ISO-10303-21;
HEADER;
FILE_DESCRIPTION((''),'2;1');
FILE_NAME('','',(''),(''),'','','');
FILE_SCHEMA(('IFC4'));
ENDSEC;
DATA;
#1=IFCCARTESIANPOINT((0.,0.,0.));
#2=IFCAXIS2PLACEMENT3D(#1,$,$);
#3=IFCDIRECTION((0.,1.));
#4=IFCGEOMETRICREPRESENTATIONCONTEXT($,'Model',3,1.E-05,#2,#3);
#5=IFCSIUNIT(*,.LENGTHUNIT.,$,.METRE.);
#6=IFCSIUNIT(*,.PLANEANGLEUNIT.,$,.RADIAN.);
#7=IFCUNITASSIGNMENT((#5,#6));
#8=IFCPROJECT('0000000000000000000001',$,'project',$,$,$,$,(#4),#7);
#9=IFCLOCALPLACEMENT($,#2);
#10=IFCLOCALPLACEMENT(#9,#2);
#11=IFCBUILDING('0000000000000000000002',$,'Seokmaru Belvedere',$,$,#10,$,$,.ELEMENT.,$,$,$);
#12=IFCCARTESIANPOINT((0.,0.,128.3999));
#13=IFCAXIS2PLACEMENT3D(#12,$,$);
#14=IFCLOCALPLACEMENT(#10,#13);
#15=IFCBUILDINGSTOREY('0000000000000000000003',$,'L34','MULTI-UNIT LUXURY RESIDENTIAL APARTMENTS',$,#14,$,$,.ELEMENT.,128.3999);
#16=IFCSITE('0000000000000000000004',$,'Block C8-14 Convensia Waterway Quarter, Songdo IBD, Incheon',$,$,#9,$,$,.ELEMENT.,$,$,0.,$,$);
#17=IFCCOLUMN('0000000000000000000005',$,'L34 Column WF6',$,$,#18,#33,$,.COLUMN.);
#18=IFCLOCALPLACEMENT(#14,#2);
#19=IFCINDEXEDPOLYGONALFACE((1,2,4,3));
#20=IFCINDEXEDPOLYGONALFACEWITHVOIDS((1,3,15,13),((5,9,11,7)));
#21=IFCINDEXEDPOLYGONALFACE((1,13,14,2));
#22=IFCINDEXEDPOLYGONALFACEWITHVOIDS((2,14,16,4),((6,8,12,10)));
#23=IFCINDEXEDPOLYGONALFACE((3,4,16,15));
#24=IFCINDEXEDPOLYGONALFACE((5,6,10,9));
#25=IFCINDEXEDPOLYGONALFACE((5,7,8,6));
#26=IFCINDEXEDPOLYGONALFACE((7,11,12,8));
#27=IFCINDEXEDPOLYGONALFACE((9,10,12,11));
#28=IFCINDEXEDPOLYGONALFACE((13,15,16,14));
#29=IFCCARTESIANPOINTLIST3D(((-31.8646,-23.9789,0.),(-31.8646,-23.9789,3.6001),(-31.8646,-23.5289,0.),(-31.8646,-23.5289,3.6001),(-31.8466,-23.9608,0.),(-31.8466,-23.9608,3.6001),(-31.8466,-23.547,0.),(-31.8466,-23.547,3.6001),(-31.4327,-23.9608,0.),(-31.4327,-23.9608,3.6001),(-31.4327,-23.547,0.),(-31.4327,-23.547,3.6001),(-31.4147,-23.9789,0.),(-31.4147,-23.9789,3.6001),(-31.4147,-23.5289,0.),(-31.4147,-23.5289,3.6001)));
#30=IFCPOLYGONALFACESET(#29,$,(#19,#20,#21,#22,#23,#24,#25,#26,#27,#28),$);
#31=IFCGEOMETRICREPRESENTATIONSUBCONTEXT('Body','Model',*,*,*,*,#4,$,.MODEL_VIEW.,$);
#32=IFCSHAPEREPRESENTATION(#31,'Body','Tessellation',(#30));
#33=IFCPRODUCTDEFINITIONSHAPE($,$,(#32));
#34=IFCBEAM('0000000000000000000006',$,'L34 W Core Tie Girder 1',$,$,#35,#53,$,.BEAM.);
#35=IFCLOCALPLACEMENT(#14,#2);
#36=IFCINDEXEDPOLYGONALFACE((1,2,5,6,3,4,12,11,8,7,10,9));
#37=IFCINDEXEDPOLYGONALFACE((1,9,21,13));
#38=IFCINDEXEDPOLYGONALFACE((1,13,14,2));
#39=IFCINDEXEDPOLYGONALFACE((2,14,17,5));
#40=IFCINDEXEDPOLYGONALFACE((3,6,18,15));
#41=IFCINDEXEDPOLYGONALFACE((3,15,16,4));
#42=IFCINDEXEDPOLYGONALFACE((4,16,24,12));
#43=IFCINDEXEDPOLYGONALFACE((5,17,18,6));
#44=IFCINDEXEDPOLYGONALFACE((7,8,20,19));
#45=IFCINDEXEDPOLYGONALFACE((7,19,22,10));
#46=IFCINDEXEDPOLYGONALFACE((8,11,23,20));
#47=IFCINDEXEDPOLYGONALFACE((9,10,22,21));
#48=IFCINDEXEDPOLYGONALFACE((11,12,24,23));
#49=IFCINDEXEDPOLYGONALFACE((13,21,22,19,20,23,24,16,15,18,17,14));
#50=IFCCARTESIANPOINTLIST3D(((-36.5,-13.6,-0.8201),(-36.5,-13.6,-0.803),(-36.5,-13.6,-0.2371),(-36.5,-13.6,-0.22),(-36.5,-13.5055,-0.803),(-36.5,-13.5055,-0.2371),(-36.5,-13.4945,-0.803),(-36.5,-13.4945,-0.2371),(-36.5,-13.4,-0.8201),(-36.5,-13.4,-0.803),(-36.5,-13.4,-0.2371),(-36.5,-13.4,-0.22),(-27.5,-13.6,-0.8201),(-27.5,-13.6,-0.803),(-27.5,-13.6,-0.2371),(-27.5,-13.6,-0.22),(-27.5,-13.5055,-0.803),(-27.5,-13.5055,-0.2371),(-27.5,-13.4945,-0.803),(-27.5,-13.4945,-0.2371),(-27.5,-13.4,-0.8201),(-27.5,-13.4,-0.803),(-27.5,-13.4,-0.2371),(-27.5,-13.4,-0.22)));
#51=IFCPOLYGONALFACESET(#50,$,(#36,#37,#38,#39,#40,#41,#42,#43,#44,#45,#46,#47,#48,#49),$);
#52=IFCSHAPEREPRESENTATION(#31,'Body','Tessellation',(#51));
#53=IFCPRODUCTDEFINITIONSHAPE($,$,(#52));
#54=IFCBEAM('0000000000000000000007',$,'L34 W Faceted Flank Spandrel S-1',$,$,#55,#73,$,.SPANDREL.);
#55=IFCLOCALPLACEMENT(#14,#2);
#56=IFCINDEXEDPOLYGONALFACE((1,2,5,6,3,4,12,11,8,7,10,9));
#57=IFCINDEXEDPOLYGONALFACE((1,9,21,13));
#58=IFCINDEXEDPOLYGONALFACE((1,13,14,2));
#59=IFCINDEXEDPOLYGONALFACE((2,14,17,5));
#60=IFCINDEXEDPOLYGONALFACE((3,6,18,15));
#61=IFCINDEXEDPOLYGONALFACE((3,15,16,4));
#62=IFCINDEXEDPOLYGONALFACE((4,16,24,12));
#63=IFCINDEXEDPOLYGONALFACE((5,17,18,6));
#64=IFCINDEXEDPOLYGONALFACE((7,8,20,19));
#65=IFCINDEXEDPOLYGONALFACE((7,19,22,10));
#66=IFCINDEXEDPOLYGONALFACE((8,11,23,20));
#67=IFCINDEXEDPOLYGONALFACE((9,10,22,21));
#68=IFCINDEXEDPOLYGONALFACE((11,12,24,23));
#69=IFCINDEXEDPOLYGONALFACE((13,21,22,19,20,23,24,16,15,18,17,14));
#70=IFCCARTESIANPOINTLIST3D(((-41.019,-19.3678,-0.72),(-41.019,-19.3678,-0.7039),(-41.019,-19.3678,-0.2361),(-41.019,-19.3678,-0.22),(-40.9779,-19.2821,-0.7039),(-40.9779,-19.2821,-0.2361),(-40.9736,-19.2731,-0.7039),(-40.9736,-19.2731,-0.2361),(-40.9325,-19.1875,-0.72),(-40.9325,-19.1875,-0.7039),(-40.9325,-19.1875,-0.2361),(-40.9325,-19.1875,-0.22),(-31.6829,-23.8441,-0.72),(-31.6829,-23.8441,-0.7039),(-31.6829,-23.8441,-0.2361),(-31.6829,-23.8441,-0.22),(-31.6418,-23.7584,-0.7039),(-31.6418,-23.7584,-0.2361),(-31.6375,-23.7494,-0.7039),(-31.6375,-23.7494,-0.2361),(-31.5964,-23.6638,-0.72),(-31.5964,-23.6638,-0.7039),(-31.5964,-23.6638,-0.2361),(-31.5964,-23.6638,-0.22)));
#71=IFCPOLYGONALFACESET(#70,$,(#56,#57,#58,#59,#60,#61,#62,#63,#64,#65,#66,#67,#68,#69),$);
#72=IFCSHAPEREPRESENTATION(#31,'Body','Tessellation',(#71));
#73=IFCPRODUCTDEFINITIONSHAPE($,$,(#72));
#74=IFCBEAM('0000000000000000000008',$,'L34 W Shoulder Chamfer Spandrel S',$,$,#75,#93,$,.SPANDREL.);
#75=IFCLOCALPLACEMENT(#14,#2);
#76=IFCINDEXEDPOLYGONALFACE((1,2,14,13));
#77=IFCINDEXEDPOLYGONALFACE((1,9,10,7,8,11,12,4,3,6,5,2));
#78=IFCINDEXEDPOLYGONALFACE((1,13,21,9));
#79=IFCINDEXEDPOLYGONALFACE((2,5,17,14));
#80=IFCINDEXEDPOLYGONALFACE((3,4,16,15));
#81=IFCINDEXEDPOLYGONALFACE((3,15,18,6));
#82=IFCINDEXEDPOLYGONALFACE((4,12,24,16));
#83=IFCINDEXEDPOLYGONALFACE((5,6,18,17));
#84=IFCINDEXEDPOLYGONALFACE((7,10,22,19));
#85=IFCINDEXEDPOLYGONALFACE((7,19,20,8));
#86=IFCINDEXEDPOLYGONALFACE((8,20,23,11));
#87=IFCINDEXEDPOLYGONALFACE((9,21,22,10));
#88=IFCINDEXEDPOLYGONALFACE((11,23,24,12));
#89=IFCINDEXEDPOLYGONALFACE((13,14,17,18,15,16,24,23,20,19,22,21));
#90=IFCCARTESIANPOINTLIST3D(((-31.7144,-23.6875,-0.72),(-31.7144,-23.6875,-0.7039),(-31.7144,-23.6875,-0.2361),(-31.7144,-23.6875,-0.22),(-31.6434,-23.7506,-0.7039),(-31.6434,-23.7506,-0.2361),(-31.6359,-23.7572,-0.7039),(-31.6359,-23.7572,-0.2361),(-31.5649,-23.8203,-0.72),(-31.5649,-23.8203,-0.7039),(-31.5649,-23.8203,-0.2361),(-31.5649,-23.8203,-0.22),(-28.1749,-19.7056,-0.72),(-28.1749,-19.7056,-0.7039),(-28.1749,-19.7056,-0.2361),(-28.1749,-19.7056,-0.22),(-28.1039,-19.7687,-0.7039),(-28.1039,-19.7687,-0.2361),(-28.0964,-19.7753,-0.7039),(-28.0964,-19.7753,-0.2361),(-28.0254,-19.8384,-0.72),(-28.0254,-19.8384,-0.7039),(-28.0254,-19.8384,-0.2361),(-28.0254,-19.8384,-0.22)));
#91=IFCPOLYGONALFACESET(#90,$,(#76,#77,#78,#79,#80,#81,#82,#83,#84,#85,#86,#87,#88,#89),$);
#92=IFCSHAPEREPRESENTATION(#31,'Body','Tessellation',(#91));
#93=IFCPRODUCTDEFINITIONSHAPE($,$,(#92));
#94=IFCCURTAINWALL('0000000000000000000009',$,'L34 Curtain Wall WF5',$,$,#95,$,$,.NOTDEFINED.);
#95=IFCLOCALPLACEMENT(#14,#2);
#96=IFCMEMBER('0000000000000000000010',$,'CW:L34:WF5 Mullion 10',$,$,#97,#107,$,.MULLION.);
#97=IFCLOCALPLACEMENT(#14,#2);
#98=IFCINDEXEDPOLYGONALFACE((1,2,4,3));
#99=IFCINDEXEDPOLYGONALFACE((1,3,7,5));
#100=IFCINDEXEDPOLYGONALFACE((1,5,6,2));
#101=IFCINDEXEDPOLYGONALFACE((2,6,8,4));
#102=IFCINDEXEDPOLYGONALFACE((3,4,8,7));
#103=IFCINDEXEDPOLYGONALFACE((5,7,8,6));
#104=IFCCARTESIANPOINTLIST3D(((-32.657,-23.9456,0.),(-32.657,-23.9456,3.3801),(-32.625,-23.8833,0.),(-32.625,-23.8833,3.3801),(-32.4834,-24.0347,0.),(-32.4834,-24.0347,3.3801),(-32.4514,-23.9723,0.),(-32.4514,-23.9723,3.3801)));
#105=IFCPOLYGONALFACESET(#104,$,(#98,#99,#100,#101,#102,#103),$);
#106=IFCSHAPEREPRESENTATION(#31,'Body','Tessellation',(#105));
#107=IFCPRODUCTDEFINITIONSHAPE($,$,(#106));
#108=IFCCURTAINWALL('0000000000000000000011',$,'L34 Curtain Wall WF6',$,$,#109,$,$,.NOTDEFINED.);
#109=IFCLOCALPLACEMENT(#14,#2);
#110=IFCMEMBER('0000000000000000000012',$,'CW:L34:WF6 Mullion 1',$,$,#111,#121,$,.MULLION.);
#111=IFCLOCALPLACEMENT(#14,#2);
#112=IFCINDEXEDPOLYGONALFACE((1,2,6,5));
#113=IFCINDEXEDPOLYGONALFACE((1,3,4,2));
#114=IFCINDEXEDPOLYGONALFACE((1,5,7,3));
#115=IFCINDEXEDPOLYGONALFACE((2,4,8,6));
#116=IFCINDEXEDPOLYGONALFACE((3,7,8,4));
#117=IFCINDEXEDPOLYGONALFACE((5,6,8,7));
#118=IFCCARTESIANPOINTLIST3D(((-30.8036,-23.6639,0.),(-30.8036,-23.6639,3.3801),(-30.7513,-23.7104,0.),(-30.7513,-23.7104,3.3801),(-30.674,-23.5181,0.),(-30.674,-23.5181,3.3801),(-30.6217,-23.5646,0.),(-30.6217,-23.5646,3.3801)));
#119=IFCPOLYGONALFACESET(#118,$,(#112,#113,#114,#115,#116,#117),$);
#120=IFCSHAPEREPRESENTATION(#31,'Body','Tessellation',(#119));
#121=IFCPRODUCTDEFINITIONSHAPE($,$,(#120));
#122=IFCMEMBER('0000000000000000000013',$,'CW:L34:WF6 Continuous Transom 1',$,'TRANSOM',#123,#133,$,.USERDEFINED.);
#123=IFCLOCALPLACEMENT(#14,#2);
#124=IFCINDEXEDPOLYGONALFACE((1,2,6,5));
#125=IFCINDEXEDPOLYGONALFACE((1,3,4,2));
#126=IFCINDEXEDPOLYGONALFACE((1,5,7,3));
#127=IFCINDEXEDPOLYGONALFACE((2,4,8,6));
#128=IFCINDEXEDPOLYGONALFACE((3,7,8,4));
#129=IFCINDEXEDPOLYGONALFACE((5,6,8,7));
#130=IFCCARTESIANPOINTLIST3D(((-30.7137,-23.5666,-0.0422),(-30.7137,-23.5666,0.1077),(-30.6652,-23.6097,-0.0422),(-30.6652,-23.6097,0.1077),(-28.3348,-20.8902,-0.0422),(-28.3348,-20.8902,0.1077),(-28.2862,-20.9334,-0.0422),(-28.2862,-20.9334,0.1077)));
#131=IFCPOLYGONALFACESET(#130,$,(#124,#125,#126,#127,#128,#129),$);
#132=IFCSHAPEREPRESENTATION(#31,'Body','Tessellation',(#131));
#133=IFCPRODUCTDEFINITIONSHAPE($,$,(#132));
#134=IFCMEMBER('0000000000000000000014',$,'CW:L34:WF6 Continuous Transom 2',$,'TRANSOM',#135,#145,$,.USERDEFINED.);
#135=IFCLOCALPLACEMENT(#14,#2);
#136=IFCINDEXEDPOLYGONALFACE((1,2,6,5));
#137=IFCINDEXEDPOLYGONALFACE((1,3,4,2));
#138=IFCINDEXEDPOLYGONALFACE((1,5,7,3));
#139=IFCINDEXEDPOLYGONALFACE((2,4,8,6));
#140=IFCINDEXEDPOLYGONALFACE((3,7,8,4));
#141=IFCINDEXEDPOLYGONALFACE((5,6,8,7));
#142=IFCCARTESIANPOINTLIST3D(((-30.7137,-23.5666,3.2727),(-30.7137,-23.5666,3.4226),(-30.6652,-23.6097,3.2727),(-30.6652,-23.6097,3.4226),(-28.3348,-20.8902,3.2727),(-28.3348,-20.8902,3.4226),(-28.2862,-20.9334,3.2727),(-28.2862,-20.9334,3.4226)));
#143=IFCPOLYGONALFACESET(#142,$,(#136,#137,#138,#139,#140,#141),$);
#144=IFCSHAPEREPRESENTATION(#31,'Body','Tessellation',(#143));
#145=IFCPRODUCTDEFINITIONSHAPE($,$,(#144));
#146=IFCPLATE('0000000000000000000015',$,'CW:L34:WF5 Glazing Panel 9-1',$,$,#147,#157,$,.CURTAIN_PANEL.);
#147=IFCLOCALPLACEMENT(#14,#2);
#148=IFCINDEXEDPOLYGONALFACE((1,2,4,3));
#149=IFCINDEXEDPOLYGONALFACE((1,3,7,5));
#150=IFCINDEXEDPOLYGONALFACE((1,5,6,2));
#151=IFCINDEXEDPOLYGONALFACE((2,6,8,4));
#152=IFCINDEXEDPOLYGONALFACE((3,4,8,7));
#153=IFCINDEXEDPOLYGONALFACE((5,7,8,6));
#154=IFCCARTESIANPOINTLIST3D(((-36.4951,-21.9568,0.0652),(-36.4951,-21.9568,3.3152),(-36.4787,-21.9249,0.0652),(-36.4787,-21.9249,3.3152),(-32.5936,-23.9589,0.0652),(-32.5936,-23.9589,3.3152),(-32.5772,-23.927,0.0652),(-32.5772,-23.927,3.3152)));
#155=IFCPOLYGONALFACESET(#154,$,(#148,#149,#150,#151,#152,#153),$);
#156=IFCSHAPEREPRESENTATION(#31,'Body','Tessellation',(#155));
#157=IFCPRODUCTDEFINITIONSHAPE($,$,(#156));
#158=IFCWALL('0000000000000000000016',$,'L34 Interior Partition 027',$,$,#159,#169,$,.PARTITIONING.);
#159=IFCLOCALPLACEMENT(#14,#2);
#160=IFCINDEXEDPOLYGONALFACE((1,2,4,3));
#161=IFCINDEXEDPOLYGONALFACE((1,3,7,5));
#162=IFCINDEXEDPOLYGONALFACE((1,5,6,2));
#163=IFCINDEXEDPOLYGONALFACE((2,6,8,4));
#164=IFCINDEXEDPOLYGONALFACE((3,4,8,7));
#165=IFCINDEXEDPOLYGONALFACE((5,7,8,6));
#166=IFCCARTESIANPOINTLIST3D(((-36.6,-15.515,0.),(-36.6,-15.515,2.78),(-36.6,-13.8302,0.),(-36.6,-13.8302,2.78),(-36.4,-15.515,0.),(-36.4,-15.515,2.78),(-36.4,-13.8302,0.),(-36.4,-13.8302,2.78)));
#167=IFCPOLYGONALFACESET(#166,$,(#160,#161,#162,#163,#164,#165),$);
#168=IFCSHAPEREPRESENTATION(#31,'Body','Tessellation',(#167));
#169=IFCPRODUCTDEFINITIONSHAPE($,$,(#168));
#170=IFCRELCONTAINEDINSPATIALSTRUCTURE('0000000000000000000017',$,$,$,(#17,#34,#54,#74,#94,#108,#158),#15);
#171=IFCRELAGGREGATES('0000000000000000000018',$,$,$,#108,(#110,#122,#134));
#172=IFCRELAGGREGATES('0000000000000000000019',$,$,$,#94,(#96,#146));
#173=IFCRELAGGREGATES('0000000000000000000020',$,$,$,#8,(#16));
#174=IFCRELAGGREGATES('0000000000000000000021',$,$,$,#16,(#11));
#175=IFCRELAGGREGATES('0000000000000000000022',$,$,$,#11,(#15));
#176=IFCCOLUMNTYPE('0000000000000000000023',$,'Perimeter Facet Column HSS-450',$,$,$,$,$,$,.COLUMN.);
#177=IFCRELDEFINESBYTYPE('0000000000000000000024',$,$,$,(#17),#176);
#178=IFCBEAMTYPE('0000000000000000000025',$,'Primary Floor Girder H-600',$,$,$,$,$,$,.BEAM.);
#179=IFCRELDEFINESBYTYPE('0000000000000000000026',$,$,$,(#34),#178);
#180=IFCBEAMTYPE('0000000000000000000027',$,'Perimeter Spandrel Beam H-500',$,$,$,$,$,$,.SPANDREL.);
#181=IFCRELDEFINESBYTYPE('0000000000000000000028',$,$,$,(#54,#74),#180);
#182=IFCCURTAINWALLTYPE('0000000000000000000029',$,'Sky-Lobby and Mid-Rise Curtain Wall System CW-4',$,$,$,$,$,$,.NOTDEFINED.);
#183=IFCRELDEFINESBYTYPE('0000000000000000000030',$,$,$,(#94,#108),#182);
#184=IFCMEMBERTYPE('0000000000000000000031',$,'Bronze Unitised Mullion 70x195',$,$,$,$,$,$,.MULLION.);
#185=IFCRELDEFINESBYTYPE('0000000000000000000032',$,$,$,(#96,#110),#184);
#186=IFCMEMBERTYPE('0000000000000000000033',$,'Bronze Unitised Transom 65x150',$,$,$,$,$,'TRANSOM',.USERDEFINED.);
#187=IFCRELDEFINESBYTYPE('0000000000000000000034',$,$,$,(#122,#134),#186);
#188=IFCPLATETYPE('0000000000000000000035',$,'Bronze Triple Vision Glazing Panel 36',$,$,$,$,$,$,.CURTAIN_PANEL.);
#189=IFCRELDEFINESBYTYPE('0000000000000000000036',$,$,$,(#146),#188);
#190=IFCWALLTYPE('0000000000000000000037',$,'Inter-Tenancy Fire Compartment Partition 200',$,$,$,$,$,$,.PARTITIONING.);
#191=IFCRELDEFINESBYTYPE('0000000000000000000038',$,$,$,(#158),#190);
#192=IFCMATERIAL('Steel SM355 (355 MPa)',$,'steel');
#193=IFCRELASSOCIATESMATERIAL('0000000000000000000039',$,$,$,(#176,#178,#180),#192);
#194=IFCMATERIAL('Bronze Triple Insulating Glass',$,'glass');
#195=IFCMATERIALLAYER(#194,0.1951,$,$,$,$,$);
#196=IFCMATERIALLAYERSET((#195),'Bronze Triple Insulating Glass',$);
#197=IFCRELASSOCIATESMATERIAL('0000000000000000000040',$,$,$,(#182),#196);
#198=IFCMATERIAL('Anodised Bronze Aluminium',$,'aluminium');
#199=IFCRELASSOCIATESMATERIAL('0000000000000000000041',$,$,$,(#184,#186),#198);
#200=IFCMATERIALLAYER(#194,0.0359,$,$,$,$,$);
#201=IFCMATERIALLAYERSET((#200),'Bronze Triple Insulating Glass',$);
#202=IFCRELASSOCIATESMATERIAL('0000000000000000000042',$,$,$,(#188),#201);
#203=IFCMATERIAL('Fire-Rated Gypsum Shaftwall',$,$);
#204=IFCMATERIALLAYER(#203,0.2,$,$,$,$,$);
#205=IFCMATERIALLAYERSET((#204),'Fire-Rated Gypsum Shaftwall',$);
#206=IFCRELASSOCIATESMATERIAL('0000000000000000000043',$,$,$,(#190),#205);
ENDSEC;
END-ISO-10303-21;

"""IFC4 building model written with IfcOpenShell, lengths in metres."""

from ifc_helpers import new_model, si_unit, direction, frame, frame_2d, origin, origin_2d, place, context, subcontext, project, spatial, rectangle, hollow_rectangle, i_section, extrude, source, transform, mapped, material, layer, layer_set, material_profile, profile_set, type_object, type_shapes, element, aggregate, save


model = new_model("IFC4")

# Units and contexts
model_context = context("Model", 3, precision=1e-05, world=origin(), true_north=direction((0.0, 1.0)))
body_context = subcontext(model_context, "Body", "Model", "MODEL_VIEW")
ifc_project = project(units=[si_unit("LENGTHUNIT", "METRE"), si_unit("PLANEANGLEUNIT", "RADIAN")], contexts=[model_context])

# Site, building, storey
site_placement = place(None, origin())
site = spatial("IfcSite", under=ifc_project, at=site_placement, Name="Block C8-14 Convensia Waterway Quarter, Songdo IBD, Incheon", CompositionType="ELEMENT", RefElevation=0.0)
building_placement = place(site_placement, origin())
building = spatial("IfcBuilding", under=site, at=building_placement, Name="Seokmaru Belvedere", CompositionType="ELEMENT")
storey_placement = place(building_placement, frame((0.0, 0.0, 128.3999)))
storey = spatial("IfcBuildingStorey", under=building, at=storey_placement, Name="L34", Description="MULTI-UNIT LUXURY RESIDENTIAL APARTMENTS", CompositionType="ELEMENT", Elevation=128.3999)

# Column
ifc_material_1 = material(Name="Steel SM355 (355 MPa)", Category="steel")
ifc_material_profile_1 = material_profile(ifc_material_1, hollow_rectangle(XDim=0.45, YDim=0.45, WallThickness=0.0181, at=origin_2d()), Name="HSS-450x450x18")
ifc_profile_set_1 = profile_set([ifc_material_profile_1], Name="Steel SM355 (355 MPa)")
column_type = type_object("IfcColumnType", Name="Perimeter Facet Column HSS-450", PredefinedType="COLUMN", material=ifc_profile_set_1)
shared_shape_1 = source(origin(), body_context, "Body", "SweptSolid", [
    extrude(hollow_rectangle(XDim=0.45, YDim=0.45, WallThickness=0.0181, at=origin_2d()), origin(), (0.0, 0.0, 1.0), 3.6001),
])
type_shapes(column_type, [shared_shape_1])
column_placement = place(storey_placement, frame((-31.6396, -23.7539, 0.0), z_axis=(0.0, 0.0, 1.0), x_axis=(1.0, 0.0, 0.0)))
element("IfcColumn", 1, at=column_placement, inside=storey, type_object=column_type, Name="L34 Column WF6", PredefinedType="COLUMN", context=body_context, shape_type="MappedRepresentation", body=[
    mapped(shared_shape_1, transform((0.0, 0.0, 0.0), scale=1.0)),
])

# Beams
ifc_material_profile_2 = material_profile(ifc_material_1, i_section(OverallWidth=0.2, OverallDepth=0.6001, WebThickness=0.011, FlangeThickness=0.0171, at=origin_2d()), Name="H-600x200x11x17")
ifc_profile_set_2 = profile_set([ifc_material_profile_2], Name="Steel SM355 (355 MPa)")
beam_type_1 = type_object("IfcBeamType", Name="Primary Floor Girder H-600", PredefinedType="BEAM", material=ifc_profile_set_2)
shared_shape_2 = source(origin(), body_context, "Body", "SweptSolid", [
    extrude(i_section(OverallWidth=0.2, OverallDepth=0.6001, WebThickness=0.011, FlangeThickness=0.0171, at=origin_2d()), origin(), (0.0, 0.0, 1.0), 9.0),
])
type_shapes(beam_type_1, [shared_shape_2])
beam_1_placement = place(storey_placement, frame((-36.5, -13.5, -0.52), z_axis=(1.0, 0.0, 0.0), x_axis=(0.0, 1.0, 0.0)))
element("IfcBeam", 2, at=beam_1_placement, inside=storey, type_object=beam_type_1, Name="L34 W Core Tie Girder 1", PredefinedType="BEAM", context=body_context, shape_type="MappedRepresentation", body=[
    mapped(shared_shape_2, transform((0.0, 0.0, 0.0), scale=1.0)),
])
ifc_material_profile_3 = material_profile(ifc_material_1, i_section(OverallWidth=0.2, OverallDepth=0.5, WebThickness=0.01, FlangeThickness=0.0161, at=origin_2d()), Name="H-500x200x10x16")
ifc_profile_set_3 = profile_set([ifc_material_profile_3], Name="Steel SM355 (355 MPa)")
beam_type_2 = type_object("IfcBeamType", Name="Perimeter Spandrel Beam H-500", PredefinedType="SPANDREL", material=ifc_profile_set_3)
shared_shape_3 = source(origin(), body_context, "Body", "SweptSolid", [
    extrude(i_section(OverallWidth=0.2, OverallDepth=0.5, WebThickness=0.01, FlangeThickness=0.0161, at=origin_2d()), origin(), (0.0, 0.0, 1.0), 10.3538),
])
beam_2_placement = place(storey_placement, frame((-31.6396, -23.7539, -0.47), z_axis=(-0.901713, 0.432335, 0.0), x_axis=(-0.432335, -0.901713, 0.0)))
element("IfcBeam", 3, at=beam_2_placement, inside=storey, type_object=beam_type_2, Name="L34 W Faceted Flank Spandrel S-1", PredefinedType="SPANDREL", context=body_context, shape_type="MappedRepresentation", body=[
    mapped(shared_shape_3, transform((0.0, 0.0, 0.0), scale=1.0)),
])
shared_shape_4 = source(origin(), body_context, "Body", "SweptSolid", [
    extrude(i_section(OverallWidth=0.2, OverallDepth=0.5, WebThickness=0.01, FlangeThickness=0.0161, at=origin_2d()), origin(), (0.0, 0.0, 1.0), 5.3276),
])
type_shapes(beam_type_2, [shared_shape_3, shared_shape_4])
beam_3_placement = place(storey_placement, frame((-31.6396, -23.7539, -0.47), z_axis=(0.66437, 0.747404, 0.0), x_axis=(-0.747404, 0.66437, 0.0)))
element("IfcBeam", 4, at=beam_3_placement, inside=storey, type_object=beam_type_2, Name="L34 W Shoulder Chamfer Spandrel S", PredefinedType="SPANDREL", context=body_context, shape_type="MappedRepresentation", body=[
    mapped(shared_shape_4, transform((0.0, 0.0, 0.0), scale=1.0)),
])

# Curtain wall, member
ifc_material_2 = material(Name="Bronze Triple Insulating Glass", Category="glass")
ifc_layer_1 = layer(ifc_material_2, 0.1951)
ifc_layer_set_1 = layer_set([ifc_layer_1], Name="Bronze Triple Insulating Glass")
curtain_wall_type = type_object("IfcCurtainWallType", Name="Sky-Lobby and Mid-Rise Curtain Wall System CW-4", PredefinedType="NOTDEFINED", material=ifc_layer_set_1)
curtain_wall_1_placement = place(storey_placement, origin())
curtain_wall_1 = element("IfcCurtainWall", 5, at=curtain_wall_1_placement, inside=storey, type_object=curtain_wall_type, Name="L34 Curtain Wall WF5", PredefinedType="NOTDEFINED")
ifc_material_3 = material(Name="Anodised Bronze Aluminium", Category="aluminium")
ifc_material_profile_4 = material_profile(ifc_material_3, rectangle(XDim=0.0701, YDim=0.1951, at=origin_2d()), Name="CW-M-70x195")
ifc_profile_set_4 = profile_set([ifc_material_profile_4], Name="Anodised Bronze Aluminium")
member_type_1 = type_object("IfcMemberType", Name="Bronze Unitised Mullion 70x195", PredefinedType="MULLION", material=ifc_profile_set_4)
shared_shape_5 = source(origin(), body_context, "Body", "SweptSolid", [
    extrude(rectangle(XDim=0.0701, YDim=0.1951, at=origin_2d()), origin(), (0.0, 0.0, 1.0), 3.3801),
])
type_shapes(member_type_1, [shared_shape_5])
member_1_placement = place(storey_placement, frame((-32.5542, -23.959, 0.0), z_axis=(0.0, 0.0, 1.0), x_axis=(0.456555, 0.889695, 0.0)))
member_1 = element("IfcMember", 6, at=member_1_placement, type_object=member_type_1, Name="CW:L34:WF5 Mullion 10", PredefinedType="MULLION", context=body_context, shape_type="MappedRepresentation", body=[
    mapped(shared_shape_5, transform((0.0, 0.0, 0.0), scale=1.0)),
])

# Curtain wall, members
curtain_wall_2_placement = place(storey_placement, origin())
curtain_wall_2 = element("IfcCurtainWall", 7, at=curtain_wall_2_placement, inside=storey, type_object=curtain_wall_type, Name="L34 Curtain Wall WF6", PredefinedType="NOTDEFINED")
member_2_placement = place(storey_placement, frame((-30.7126, -23.6143, 0.0), z_axis=(0.0, 0.0, 1.0), x_axis=(-0.74741, 0.664363, 0.0)))
member_2 = element("IfcMember", 8, at=member_2_placement, type_object=member_type_1, Name="CW:L34:WF6 Mullion 1", PredefinedType="MULLION", context=body_context, shape_type="MappedRepresentation", body=[
    mapped(shared_shape_5, transform((0.0, 0.0, 0.0), scale=1.0)),
])
ifc_material_profile_5 = material_profile(ifc_material_3, rectangle(XDim=0.0649, YDim=0.1499, at=origin_2d()), Name="CW-T-65x150")
ifc_profile_set_5 = profile_set([ifc_material_profile_5], Name="Anodised Bronze Aluminium")
member_type_2 = type_object("IfcMemberType", Name="Bronze Unitised Transom 65x150", ElementType="TRANSOM", PredefinedType="USERDEFINED", material=ifc_profile_set_5)
shared_shape_6 = source(origin(), body_context, "Body", "SweptSolid", [
    extrude(rectangle(XDim=0.0649, YDim=0.1499, at=origin_2d()), origin(), (0.0, 0.0, 1.0), 3.5808),
])
type_shapes(member_type_2, [shared_shape_6])
member_3_placement = place(storey_placement, frame((-30.6895, -23.5881, 0.0327), z_axis=(0.664364, 0.747409, 0.0), x_axis=(-0.747409, 0.664364, 0.0)))
member_3 = element("IfcMember", 9, at=member_3_placement, type_object=member_type_2, Name="CW:L34:WF6 Continuous Transom 1", ObjectType="TRANSOM", PredefinedType="USERDEFINED", context=body_context, shape_type="MappedRepresentation", body=[
    mapped(shared_shape_6, transform((0.0, 0.0, 0.0), scale=1.0)),
])
member_4_placement = place(storey_placement, frame((-30.6895, -23.5881, 3.3477), z_axis=(0.664364, 0.747409, 0.0), x_axis=(-0.747409, 0.664364, 0.0)))
member_4 = element("IfcMember", 10, at=member_4_placement, type_object=member_type_2, Name="CW:L34:WF6 Continuous Transom 2", ObjectType="TRANSOM", PredefinedType="USERDEFINED", context=body_context, shape_type="MappedRepresentation", body=[
    mapped(shared_shape_6, transform((0.0, 0.0, 0.0), scale=1.0)),
])
aggregate(curtain_wall_2, [member_2, member_3, member_4])

# Plate
ifc_layer_2 = layer(ifc_material_2, 0.0359)
ifc_layer_set_2 = layer_set([ifc_layer_2], Name="Bronze Triple Insulating Glass")
plate_type = type_object("IfcPlateType", Name="Bronze Triple Vision Glazing Panel 36", PredefinedType="CURTAIN_PANEL", material=ifc_layer_set_2)
shared_shape_7 = source(origin(), body_context, "Body", "SweptSolid", [
    extrude(rectangle(XDim=4.3853, YDim=0.0359, at=origin_2d()), origin(), (0.0, 0.0, 1.0), 3.25),
])
type_shapes(plate_type, [shared_shape_7])
plate_placement = place(storey_placement, frame((-34.5361, -22.9419, 0.0652), z_axis=(0.0, 0.0, 1.0), x_axis=(0.889695, -0.456555, 0.0)))
plate = element("IfcPlate", 11, at=plate_placement, type_object=plate_type, Name="CW:L34:WF5 Glazing Panel 9-1", PredefinedType="CURTAIN_PANEL", context=body_context, shape_type="MappedRepresentation", body=[
    mapped(shared_shape_7, transform((0.0, 0.0, 0.0), scale=1.0)),
])
aggregate(curtain_wall_1, [member_1, plate])

# Wall
ifc_material_4 = material(Name="Fire-Rated Gypsum Shaftwall")
ifc_layer_3 = layer(ifc_material_4, 0.2)
ifc_layer_set_3 = layer_set([ifc_layer_3], Name="Fire-Rated Gypsum Shaftwall")
wall_type_1 = type_object("IfcWallType", Name="Inter-Tenancy Fire Compartment Partition 200", PredefinedType="PARTITIONING", material=ifc_layer_set_3)
wall_1_placement = place(storey_placement, frame((-36.5, -15.5149, 0.0), z_axis=(0.0, 0.0, 1.0), x_axis=(0.0, 1.0, 0.0)))
element("IfcWall", 12, at=wall_1_placement, inside=storey, type_object=wall_type_1, Name="L34 Interior Partition 027", PredefinedType="PARTITIONING", context=body_context, shape_type="SweptSolid", body=[
    extrude(rectangle(XDim=1.6848, YDim=0.2, at=frame_2d((0.8423, 0.0))), origin(), (0.0, 0.0, 1.0), 2.78),
])

save(model, "model.ifc")
